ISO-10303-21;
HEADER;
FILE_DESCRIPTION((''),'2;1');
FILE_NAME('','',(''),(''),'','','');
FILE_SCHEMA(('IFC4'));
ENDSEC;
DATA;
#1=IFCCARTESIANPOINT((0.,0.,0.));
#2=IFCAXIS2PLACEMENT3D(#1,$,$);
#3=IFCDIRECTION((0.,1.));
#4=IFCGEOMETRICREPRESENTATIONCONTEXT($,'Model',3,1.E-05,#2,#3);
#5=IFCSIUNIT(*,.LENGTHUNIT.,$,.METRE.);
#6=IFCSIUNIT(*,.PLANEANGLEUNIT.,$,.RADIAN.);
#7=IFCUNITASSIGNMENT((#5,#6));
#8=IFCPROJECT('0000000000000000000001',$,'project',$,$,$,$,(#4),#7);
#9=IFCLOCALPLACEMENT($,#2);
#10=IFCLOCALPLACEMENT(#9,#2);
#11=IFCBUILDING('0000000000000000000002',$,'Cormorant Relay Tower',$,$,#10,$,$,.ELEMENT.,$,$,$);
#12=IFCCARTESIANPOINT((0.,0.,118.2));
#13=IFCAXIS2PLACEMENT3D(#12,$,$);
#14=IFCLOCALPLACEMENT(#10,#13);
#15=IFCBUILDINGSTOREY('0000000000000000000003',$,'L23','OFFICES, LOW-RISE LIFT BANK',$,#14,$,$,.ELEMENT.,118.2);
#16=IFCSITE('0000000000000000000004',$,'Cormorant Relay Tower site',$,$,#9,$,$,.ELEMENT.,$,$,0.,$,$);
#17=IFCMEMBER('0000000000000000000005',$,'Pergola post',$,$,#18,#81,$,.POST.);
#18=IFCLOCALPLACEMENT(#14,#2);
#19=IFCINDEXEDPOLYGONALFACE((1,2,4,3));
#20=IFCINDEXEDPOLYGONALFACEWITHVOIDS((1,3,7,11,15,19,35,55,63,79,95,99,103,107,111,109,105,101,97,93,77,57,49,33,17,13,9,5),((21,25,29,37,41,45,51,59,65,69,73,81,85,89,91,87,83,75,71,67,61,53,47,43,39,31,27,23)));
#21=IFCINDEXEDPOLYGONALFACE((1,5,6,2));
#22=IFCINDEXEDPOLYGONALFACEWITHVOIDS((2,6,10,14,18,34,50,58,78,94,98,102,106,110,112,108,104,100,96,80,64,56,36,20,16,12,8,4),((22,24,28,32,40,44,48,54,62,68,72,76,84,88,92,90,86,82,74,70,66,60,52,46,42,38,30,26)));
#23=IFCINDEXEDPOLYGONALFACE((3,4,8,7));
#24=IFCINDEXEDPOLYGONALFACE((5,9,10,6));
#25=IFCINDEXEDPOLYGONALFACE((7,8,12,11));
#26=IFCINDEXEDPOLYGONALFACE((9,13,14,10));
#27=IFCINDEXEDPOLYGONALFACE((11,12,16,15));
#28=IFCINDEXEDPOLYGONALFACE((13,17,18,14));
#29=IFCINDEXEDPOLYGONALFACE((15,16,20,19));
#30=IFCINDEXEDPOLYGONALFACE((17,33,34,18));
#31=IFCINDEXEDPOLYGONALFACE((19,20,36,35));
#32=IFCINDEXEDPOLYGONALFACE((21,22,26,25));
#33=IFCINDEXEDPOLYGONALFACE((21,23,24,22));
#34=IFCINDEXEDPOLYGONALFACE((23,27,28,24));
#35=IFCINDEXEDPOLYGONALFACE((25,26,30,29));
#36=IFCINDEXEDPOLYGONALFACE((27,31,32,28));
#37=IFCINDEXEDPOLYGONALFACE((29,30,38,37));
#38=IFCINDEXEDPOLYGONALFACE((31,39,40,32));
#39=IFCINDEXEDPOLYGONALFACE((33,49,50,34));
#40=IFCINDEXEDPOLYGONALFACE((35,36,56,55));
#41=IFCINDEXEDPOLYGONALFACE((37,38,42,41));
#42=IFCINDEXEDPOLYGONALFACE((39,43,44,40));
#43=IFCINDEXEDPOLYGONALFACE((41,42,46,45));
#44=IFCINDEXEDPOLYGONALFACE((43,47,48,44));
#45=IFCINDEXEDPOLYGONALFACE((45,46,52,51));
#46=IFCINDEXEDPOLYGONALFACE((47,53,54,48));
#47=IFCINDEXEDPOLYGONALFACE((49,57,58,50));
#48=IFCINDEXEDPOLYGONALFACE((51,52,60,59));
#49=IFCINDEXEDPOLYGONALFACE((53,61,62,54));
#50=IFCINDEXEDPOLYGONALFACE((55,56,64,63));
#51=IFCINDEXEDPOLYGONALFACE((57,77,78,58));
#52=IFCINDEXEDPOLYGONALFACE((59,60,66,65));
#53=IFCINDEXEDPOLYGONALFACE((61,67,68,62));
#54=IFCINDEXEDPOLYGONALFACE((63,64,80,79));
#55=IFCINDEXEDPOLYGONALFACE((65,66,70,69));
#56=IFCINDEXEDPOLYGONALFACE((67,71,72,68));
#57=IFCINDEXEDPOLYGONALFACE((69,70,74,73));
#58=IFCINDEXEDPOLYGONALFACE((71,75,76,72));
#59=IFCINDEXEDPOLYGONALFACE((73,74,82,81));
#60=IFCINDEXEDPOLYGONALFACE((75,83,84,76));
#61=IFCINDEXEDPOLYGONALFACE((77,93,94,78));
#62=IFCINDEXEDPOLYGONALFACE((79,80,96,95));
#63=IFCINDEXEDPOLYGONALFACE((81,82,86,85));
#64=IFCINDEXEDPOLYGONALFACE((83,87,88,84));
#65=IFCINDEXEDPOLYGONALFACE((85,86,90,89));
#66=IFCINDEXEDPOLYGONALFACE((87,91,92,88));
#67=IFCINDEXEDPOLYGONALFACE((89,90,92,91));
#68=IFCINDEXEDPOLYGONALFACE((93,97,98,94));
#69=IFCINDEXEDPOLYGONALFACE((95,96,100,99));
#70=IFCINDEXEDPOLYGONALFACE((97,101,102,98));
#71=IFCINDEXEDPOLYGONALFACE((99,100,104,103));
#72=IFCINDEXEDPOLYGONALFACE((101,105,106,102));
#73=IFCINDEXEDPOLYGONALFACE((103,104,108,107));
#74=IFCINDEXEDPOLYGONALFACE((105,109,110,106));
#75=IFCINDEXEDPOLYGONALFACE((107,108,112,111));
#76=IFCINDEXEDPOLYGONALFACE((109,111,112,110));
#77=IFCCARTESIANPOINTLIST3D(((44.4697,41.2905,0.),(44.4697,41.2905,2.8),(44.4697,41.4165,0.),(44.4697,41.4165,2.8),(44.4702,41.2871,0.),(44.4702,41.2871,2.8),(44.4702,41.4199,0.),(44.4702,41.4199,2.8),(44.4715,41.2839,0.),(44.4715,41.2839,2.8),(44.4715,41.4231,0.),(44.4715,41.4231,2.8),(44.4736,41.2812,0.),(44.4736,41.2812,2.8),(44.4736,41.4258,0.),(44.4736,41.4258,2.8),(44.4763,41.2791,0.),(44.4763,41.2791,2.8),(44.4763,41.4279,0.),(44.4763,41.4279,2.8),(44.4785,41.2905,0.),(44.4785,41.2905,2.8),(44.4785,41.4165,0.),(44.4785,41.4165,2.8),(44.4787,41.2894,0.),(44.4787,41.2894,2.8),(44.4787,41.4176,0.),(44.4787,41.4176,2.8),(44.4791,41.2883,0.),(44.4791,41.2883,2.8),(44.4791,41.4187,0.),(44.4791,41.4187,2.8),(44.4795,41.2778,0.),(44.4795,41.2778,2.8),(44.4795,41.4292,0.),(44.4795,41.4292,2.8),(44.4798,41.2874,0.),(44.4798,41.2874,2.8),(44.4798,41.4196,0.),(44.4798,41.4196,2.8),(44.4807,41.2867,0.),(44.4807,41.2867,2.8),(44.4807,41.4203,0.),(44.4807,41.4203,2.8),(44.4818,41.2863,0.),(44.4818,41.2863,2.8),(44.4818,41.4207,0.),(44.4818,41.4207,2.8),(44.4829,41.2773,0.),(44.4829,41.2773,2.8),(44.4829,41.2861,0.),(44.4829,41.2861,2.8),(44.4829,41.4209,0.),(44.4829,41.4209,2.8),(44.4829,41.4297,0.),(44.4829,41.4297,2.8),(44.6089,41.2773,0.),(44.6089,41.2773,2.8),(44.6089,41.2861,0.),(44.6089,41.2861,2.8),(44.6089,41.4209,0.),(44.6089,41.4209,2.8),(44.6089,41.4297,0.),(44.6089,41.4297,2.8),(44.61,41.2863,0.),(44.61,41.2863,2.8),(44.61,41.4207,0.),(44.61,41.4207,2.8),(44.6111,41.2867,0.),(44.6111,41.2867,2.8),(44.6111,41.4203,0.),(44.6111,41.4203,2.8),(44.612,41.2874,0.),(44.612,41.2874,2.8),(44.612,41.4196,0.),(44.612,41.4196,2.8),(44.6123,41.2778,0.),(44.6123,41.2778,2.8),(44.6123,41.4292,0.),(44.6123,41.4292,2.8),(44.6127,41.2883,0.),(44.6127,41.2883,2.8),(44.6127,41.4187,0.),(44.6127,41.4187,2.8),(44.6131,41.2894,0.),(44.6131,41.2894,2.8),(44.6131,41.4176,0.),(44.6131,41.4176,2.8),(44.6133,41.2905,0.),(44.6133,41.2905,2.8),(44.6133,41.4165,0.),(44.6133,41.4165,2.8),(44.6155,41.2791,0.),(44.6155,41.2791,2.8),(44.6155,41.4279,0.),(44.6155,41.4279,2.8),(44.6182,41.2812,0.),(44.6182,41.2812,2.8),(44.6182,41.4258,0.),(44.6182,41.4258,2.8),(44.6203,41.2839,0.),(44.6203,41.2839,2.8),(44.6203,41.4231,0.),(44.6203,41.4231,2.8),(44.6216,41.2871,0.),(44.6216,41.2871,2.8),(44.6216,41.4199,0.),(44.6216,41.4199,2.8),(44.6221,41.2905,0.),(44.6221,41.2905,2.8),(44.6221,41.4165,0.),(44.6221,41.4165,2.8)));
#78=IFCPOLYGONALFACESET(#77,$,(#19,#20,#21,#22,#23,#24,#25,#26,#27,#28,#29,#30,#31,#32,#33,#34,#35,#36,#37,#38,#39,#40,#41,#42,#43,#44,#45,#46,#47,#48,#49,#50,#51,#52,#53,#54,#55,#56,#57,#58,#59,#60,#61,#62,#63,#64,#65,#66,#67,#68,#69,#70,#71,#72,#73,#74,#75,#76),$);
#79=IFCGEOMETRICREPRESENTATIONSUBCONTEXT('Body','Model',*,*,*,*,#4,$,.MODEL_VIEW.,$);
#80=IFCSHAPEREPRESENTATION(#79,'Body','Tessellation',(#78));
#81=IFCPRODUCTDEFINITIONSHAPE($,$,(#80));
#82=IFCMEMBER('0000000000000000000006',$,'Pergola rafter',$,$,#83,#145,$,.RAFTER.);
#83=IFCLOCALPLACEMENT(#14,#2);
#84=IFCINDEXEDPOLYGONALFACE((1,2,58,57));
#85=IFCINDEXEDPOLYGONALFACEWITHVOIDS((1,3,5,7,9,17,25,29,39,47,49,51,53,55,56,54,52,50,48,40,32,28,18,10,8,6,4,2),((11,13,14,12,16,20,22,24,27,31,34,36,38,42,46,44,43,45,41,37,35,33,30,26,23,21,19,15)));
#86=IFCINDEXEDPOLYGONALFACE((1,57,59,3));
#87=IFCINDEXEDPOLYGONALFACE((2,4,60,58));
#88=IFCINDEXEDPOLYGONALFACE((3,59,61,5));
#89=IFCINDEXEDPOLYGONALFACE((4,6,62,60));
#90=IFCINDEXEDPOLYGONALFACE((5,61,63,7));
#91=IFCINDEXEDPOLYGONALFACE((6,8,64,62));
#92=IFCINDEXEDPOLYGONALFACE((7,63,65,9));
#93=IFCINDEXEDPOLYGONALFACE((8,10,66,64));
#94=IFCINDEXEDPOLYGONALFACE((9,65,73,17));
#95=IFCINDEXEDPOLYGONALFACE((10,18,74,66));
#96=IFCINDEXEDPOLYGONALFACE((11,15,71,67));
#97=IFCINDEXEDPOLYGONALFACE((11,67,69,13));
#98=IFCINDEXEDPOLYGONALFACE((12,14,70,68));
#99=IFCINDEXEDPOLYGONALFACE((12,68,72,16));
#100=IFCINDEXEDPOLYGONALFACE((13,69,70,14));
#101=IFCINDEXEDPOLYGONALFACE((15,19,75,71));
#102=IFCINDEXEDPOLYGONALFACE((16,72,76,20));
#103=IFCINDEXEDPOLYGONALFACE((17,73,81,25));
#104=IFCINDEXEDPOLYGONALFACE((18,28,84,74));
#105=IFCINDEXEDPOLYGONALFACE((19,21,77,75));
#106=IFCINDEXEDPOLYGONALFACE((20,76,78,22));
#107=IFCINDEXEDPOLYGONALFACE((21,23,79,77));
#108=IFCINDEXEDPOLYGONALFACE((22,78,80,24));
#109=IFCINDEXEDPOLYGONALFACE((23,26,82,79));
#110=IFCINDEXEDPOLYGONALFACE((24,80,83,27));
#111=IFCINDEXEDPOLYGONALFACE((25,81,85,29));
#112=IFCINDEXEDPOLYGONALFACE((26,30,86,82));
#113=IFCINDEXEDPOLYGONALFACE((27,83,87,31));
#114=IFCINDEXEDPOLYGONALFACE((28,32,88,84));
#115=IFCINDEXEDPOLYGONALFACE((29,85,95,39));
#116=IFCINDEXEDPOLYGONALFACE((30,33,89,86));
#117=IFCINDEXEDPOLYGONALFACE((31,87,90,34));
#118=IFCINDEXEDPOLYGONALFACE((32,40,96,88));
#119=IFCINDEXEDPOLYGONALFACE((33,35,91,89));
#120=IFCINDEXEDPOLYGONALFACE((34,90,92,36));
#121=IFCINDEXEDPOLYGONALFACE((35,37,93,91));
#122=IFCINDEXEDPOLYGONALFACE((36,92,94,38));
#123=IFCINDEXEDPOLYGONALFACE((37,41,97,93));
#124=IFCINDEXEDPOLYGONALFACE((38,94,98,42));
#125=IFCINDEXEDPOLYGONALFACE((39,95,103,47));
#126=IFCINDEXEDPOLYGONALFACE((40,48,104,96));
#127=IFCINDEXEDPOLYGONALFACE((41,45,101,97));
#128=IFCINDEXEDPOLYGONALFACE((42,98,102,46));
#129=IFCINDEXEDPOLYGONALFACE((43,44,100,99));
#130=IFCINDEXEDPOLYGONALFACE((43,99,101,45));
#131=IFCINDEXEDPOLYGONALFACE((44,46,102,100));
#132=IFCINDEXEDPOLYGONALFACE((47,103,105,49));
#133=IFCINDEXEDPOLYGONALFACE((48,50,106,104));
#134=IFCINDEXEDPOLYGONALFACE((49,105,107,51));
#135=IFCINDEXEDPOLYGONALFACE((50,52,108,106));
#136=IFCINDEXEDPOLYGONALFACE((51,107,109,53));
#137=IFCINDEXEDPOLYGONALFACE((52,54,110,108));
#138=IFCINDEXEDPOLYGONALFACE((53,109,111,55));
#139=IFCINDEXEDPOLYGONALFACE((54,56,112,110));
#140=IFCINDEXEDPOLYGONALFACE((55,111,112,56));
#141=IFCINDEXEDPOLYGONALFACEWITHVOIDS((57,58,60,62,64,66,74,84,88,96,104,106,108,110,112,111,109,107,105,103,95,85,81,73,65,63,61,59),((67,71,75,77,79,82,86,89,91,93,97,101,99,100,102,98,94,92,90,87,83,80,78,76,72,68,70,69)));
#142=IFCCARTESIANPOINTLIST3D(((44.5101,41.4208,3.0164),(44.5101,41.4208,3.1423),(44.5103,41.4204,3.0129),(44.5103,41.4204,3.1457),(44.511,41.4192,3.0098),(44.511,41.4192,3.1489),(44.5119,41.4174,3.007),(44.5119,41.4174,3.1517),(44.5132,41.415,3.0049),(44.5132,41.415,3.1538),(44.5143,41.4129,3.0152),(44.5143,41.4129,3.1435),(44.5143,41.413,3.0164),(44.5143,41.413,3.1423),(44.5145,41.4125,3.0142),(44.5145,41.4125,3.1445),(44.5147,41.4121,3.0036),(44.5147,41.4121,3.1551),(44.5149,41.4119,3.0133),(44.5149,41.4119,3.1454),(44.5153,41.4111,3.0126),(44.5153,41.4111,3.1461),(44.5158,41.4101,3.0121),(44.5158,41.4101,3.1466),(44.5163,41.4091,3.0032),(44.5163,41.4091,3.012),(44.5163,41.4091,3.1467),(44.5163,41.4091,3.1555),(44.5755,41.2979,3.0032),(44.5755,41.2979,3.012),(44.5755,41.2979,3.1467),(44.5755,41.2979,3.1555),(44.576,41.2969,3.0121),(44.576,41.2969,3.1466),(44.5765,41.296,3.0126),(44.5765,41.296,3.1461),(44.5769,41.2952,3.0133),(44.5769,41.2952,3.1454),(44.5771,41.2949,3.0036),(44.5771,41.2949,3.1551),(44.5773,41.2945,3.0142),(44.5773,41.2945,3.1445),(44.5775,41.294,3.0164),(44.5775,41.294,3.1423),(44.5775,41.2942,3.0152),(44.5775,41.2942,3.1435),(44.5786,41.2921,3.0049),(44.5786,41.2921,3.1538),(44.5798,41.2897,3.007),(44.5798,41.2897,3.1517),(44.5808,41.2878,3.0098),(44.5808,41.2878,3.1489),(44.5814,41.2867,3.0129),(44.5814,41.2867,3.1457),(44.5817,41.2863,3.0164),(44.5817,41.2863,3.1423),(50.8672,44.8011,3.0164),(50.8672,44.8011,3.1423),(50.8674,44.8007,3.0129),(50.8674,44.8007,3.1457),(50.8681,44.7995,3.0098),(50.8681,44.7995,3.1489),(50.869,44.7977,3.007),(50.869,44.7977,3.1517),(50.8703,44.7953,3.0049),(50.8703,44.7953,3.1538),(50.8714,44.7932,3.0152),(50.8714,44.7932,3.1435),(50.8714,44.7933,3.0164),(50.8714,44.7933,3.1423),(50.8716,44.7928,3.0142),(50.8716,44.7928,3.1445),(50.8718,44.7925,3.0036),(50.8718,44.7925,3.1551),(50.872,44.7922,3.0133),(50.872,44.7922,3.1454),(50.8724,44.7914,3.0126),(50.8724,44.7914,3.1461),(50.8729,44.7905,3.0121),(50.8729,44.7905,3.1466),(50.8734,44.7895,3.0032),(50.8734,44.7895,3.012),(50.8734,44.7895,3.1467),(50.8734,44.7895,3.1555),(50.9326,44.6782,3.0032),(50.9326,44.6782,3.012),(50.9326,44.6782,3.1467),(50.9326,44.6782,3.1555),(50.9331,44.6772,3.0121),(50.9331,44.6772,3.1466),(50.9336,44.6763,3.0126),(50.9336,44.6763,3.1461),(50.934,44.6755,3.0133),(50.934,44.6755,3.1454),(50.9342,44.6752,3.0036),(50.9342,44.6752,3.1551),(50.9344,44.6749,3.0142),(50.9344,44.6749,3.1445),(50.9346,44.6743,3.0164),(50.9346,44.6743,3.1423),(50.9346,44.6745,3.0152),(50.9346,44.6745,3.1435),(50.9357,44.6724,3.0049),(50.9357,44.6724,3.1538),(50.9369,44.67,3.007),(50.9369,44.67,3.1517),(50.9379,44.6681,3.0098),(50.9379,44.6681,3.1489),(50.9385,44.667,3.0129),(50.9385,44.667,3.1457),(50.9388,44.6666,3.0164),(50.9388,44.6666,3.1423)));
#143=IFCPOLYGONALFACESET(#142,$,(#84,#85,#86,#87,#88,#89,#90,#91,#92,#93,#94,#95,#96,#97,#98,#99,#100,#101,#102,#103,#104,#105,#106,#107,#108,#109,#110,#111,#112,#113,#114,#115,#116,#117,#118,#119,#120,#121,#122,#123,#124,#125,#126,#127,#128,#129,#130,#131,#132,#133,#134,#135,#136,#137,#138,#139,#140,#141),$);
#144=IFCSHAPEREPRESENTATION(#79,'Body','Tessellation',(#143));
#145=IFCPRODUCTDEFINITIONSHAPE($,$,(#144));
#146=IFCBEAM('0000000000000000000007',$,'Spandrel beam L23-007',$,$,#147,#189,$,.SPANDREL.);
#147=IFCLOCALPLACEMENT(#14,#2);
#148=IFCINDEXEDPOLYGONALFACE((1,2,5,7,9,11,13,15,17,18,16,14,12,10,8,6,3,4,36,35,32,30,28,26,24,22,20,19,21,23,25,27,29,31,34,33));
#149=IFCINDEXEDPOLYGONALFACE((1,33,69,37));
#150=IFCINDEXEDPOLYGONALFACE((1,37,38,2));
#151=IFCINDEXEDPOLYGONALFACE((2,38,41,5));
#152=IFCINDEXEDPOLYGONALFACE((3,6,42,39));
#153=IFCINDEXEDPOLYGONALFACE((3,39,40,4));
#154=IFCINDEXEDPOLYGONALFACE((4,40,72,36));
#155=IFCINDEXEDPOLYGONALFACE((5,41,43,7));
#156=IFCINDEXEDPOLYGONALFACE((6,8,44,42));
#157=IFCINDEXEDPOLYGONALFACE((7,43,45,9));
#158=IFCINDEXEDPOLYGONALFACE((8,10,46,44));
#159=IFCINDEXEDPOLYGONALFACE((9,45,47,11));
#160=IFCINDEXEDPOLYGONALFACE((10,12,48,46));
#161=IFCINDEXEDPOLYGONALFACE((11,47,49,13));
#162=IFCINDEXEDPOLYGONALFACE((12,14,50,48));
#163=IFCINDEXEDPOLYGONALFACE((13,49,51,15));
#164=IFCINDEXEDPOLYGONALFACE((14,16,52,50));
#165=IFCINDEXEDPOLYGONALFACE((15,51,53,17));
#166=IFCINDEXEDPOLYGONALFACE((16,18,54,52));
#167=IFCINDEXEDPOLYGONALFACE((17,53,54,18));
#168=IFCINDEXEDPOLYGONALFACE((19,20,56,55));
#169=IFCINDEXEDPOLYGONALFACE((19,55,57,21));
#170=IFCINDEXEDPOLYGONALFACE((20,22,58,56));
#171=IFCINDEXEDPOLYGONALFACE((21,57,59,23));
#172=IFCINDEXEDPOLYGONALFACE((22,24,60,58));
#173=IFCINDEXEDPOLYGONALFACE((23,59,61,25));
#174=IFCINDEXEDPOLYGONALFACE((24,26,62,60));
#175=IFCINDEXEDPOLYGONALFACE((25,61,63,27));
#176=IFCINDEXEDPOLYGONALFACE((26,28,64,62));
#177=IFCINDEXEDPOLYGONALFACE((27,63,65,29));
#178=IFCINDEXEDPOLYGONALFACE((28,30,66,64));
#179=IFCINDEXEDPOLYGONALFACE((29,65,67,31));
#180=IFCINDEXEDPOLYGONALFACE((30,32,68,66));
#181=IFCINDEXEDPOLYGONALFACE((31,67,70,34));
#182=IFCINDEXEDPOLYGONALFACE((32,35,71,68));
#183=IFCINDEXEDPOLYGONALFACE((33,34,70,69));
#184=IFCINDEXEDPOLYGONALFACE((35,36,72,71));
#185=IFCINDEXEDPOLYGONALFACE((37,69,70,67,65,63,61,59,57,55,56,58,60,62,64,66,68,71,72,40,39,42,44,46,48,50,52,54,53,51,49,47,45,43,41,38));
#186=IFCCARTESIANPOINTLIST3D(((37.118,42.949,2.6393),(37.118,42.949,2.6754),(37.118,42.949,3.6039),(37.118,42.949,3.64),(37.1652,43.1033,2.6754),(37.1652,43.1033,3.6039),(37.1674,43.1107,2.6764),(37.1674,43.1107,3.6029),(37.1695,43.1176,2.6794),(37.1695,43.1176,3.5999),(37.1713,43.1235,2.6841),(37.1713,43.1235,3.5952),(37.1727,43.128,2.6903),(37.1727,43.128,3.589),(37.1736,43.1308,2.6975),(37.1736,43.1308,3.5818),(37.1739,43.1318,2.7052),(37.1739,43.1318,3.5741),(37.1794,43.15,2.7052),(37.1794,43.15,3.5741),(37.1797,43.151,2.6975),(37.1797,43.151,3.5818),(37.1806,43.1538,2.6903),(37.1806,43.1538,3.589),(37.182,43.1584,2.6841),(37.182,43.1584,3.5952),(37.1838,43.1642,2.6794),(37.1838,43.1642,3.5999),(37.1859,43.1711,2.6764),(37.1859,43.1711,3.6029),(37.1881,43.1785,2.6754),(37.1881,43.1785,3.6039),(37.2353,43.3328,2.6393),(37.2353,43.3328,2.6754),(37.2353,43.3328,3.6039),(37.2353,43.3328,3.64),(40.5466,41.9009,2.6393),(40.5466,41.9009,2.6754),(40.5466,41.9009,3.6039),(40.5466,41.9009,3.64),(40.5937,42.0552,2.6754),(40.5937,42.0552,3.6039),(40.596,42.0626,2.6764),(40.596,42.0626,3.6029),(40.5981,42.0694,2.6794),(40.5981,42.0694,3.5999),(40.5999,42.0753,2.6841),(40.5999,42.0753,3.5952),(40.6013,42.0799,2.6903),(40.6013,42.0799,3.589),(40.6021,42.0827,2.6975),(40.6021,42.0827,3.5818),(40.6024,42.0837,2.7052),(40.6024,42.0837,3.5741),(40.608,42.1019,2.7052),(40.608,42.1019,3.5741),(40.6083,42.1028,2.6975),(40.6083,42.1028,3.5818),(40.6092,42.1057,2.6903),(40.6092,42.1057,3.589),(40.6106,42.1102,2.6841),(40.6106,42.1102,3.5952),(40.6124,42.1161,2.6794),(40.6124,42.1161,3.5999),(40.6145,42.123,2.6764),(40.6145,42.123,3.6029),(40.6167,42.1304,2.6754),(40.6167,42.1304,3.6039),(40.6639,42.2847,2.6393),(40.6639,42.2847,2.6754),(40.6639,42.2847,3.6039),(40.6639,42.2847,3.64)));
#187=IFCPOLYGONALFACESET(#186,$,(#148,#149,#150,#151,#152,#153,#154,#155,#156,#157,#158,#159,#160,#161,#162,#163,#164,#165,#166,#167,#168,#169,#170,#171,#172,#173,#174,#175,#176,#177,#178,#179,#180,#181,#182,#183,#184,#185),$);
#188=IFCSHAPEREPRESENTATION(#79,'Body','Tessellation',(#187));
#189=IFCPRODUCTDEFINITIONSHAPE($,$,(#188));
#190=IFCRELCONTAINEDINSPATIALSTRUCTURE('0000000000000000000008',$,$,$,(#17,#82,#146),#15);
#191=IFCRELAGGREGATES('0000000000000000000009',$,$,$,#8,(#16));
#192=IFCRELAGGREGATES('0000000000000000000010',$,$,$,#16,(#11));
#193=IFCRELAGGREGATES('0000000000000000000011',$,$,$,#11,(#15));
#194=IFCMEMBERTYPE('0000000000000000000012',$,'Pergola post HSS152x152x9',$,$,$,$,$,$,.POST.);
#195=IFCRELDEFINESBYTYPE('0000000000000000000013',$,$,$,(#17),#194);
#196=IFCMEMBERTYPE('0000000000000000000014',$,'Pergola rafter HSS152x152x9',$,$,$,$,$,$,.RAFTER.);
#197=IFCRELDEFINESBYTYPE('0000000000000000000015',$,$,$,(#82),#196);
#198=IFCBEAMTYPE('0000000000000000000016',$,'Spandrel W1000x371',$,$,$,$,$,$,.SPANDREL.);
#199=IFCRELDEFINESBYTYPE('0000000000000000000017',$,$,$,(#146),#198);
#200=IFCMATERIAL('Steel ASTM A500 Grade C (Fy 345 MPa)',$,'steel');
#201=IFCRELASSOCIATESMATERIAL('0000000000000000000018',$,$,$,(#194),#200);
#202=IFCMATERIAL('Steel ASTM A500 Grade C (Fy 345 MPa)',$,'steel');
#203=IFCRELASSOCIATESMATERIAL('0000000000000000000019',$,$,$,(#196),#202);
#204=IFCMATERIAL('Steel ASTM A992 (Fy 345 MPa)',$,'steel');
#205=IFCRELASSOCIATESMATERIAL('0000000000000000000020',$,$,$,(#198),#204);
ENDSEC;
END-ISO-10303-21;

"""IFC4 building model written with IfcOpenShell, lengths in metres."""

from ifc_helpers import new_model, si_unit, direction, frame, origin, origin_2d, place, context, subcontext, project, spatial, hollow_rectangle, i_section, extrude, material, material_profile, profile_set, type_object, element, save


model = new_model("IFC4")

# Units and contexts
model_context = context("Model", 3, precision=1e-05, world=origin(), true_north=direction((0.0, 1.0)))
body_context = subcontext(model_context, "Body", "Model", "MODEL_VIEW")
ifc_project = project(units=[si_unit("LENGTHUNIT", "METRE"), si_unit("PLANEANGLEUNIT", "RADIAN")], contexts=[model_context])

# Site, building, storey
site_placement = place(None, origin())
site = spatial("IfcSite", under=ifc_project, at=site_placement, Name="Cormorant Relay Tower site", CompositionType="ELEMENT", RefElevation=0.0)
building_placement = place(site_placement, origin())
building = spatial("IfcBuilding", under=site, at=building_placement, Name="Cormorant Relay Tower", CompositionType="ELEMENT")
storey_placement = place(building_placement, frame((0.0, 0.0, 118.2)))
storey = spatial("IfcBuildingStorey", under=building, at=storey_placement, Name="L23", Description="OFFICES, LOW-RISE LIFT BANK", CompositionType="ELEMENT", Elevation=118.2)

# Members
ifc_material_1 = material(Name="Steel ASTM A500 Grade C (Fy 345 MPa)", Category="steel")
ifc_material_profile_1 = material_profile(ifc_material_1, hollow_rectangle(XDim=0.1523, YDim=0.1523, WallThickness=0.0088, InnerFilletRadius=0.0044, OuterFilletRadius=0.0132, at=origin_2d()), Name="HSS152x152x9")
ifc_profile_set_1 = profile_set([ifc_material_profile_1], Name="Steel ASTM A500 Grade C (Fy 345 MPa)")
member_type_1 = type_object("IfcMemberType", Name="Pergola post HSS152x152x9", PredefinedType="POST", material=ifc_profile_set_1)
member_1_placement = place(storey_placement, frame((44.5459, 41.3535, 0.0), z_axis=(0.0, 0.0, 1.0), x_axis=(1.0, 0.0, 0.0)))
element("IfcMember", 1, at=member_1_placement, inside=storey, type_object=member_type_1, Name="Pergola post", PredefinedType="POST", context=body_context, shape_type="SweptSolid", body=[
    extrude(hollow_rectangle(XDim=0.1523, YDim=0.1523, WallThickness=0.0088, InnerFilletRadius=0.0044, OuterFilletRadius=0.0132, at=origin_2d()), origin(), (0.0, 0.0, 1.0), 2.8),
])
ifc_material_2 = material(Name="Steel ASTM A500 Grade C (Fy 345 MPa)", Category="steel")
ifc_material_profile_2 = material_profile(ifc_material_2, hollow_rectangle(XDim=0.1523, YDim=0.1523, WallThickness=0.0088, InnerFilletRadius=0.0044, OuterFilletRadius=0.0132, at=origin_2d()), Name="HSS152x152x9")
ifc_profile_set_2 = profile_set([ifc_material_profile_2], Name="Steel ASTM A500 Grade C (Fy 345 MPa)")
member_type_2 = type_object("IfcMemberType", Name="Pergola rafter HSS152x152x9", PredefinedType="RAFTER", material=ifc_profile_set_2)
member_2_placement = place(storey_placement, frame((44.5459, 41.3535, 3.0793), z_axis=(0.882936, 0.469493, 0.0), x_axis=(-0.469493, 0.882936, 0.0)))
element("IfcMember", 2, at=member_2_placement, inside=storey, type_object=member_type_2, Name="Pergola rafter", PredefinedType="RAFTER", context=body_context, shape_type="SweptSolid", body=[
    extrude(hollow_rectangle(XDim=0.1523, YDim=0.1523, WallThickness=0.0088, InnerFilletRadius=0.0044, OuterFilletRadius=0.0132, at=origin_2d()), origin(), (0.0, 0.0, 1.0), 7.2),
])

# Beam
ifc_material_3 = material(Name="Steel ASTM A992 (Fy 345 MPa)", Category="steel")
ifc_material_profile_3 = material_profile(ifc_material_3, i_section(OverallWidth=0.4014, OverallDepth=1.0007, WebThickness=0.019, FlangeThickness=0.0361, FilletRadius=0.0298, at=origin_2d()), Name="W1000x371")
ifc_profile_set_3 = profile_set([ifc_material_profile_3], Name="Steel ASTM A992 (Fy 345 MPa)")
beam_type = type_object("IfcBeamType", Name="Spandrel W1000x371", PredefinedType="SPANDREL", material=ifc_profile_set_3)
beam_1_placement = place(storey_placement, frame((40.6052, 42.0928, 3.1396), z_axis=(-0.956312, 0.292348, 0.0), x_axis=(-0.292348, -0.956312, 0.0)))
element("IfcBeam", 3, at=beam_1_placement, inside=storey, type_object=beam_type, Name="Spandrel beam L23-007", PredefinedType="SPANDREL", context=body_context, shape_type="SweptSolid", body=[
    extrude(i_section(OverallWidth=0.4014, OverallDepth=1.0007, WebThickness=0.019, FlangeThickness=0.0361, FilletRadius=0.0298, at=origin_2d()), origin(), (0.0, 0.0, 1.0), 3.5852),
])

save(model, "model.ifc")
